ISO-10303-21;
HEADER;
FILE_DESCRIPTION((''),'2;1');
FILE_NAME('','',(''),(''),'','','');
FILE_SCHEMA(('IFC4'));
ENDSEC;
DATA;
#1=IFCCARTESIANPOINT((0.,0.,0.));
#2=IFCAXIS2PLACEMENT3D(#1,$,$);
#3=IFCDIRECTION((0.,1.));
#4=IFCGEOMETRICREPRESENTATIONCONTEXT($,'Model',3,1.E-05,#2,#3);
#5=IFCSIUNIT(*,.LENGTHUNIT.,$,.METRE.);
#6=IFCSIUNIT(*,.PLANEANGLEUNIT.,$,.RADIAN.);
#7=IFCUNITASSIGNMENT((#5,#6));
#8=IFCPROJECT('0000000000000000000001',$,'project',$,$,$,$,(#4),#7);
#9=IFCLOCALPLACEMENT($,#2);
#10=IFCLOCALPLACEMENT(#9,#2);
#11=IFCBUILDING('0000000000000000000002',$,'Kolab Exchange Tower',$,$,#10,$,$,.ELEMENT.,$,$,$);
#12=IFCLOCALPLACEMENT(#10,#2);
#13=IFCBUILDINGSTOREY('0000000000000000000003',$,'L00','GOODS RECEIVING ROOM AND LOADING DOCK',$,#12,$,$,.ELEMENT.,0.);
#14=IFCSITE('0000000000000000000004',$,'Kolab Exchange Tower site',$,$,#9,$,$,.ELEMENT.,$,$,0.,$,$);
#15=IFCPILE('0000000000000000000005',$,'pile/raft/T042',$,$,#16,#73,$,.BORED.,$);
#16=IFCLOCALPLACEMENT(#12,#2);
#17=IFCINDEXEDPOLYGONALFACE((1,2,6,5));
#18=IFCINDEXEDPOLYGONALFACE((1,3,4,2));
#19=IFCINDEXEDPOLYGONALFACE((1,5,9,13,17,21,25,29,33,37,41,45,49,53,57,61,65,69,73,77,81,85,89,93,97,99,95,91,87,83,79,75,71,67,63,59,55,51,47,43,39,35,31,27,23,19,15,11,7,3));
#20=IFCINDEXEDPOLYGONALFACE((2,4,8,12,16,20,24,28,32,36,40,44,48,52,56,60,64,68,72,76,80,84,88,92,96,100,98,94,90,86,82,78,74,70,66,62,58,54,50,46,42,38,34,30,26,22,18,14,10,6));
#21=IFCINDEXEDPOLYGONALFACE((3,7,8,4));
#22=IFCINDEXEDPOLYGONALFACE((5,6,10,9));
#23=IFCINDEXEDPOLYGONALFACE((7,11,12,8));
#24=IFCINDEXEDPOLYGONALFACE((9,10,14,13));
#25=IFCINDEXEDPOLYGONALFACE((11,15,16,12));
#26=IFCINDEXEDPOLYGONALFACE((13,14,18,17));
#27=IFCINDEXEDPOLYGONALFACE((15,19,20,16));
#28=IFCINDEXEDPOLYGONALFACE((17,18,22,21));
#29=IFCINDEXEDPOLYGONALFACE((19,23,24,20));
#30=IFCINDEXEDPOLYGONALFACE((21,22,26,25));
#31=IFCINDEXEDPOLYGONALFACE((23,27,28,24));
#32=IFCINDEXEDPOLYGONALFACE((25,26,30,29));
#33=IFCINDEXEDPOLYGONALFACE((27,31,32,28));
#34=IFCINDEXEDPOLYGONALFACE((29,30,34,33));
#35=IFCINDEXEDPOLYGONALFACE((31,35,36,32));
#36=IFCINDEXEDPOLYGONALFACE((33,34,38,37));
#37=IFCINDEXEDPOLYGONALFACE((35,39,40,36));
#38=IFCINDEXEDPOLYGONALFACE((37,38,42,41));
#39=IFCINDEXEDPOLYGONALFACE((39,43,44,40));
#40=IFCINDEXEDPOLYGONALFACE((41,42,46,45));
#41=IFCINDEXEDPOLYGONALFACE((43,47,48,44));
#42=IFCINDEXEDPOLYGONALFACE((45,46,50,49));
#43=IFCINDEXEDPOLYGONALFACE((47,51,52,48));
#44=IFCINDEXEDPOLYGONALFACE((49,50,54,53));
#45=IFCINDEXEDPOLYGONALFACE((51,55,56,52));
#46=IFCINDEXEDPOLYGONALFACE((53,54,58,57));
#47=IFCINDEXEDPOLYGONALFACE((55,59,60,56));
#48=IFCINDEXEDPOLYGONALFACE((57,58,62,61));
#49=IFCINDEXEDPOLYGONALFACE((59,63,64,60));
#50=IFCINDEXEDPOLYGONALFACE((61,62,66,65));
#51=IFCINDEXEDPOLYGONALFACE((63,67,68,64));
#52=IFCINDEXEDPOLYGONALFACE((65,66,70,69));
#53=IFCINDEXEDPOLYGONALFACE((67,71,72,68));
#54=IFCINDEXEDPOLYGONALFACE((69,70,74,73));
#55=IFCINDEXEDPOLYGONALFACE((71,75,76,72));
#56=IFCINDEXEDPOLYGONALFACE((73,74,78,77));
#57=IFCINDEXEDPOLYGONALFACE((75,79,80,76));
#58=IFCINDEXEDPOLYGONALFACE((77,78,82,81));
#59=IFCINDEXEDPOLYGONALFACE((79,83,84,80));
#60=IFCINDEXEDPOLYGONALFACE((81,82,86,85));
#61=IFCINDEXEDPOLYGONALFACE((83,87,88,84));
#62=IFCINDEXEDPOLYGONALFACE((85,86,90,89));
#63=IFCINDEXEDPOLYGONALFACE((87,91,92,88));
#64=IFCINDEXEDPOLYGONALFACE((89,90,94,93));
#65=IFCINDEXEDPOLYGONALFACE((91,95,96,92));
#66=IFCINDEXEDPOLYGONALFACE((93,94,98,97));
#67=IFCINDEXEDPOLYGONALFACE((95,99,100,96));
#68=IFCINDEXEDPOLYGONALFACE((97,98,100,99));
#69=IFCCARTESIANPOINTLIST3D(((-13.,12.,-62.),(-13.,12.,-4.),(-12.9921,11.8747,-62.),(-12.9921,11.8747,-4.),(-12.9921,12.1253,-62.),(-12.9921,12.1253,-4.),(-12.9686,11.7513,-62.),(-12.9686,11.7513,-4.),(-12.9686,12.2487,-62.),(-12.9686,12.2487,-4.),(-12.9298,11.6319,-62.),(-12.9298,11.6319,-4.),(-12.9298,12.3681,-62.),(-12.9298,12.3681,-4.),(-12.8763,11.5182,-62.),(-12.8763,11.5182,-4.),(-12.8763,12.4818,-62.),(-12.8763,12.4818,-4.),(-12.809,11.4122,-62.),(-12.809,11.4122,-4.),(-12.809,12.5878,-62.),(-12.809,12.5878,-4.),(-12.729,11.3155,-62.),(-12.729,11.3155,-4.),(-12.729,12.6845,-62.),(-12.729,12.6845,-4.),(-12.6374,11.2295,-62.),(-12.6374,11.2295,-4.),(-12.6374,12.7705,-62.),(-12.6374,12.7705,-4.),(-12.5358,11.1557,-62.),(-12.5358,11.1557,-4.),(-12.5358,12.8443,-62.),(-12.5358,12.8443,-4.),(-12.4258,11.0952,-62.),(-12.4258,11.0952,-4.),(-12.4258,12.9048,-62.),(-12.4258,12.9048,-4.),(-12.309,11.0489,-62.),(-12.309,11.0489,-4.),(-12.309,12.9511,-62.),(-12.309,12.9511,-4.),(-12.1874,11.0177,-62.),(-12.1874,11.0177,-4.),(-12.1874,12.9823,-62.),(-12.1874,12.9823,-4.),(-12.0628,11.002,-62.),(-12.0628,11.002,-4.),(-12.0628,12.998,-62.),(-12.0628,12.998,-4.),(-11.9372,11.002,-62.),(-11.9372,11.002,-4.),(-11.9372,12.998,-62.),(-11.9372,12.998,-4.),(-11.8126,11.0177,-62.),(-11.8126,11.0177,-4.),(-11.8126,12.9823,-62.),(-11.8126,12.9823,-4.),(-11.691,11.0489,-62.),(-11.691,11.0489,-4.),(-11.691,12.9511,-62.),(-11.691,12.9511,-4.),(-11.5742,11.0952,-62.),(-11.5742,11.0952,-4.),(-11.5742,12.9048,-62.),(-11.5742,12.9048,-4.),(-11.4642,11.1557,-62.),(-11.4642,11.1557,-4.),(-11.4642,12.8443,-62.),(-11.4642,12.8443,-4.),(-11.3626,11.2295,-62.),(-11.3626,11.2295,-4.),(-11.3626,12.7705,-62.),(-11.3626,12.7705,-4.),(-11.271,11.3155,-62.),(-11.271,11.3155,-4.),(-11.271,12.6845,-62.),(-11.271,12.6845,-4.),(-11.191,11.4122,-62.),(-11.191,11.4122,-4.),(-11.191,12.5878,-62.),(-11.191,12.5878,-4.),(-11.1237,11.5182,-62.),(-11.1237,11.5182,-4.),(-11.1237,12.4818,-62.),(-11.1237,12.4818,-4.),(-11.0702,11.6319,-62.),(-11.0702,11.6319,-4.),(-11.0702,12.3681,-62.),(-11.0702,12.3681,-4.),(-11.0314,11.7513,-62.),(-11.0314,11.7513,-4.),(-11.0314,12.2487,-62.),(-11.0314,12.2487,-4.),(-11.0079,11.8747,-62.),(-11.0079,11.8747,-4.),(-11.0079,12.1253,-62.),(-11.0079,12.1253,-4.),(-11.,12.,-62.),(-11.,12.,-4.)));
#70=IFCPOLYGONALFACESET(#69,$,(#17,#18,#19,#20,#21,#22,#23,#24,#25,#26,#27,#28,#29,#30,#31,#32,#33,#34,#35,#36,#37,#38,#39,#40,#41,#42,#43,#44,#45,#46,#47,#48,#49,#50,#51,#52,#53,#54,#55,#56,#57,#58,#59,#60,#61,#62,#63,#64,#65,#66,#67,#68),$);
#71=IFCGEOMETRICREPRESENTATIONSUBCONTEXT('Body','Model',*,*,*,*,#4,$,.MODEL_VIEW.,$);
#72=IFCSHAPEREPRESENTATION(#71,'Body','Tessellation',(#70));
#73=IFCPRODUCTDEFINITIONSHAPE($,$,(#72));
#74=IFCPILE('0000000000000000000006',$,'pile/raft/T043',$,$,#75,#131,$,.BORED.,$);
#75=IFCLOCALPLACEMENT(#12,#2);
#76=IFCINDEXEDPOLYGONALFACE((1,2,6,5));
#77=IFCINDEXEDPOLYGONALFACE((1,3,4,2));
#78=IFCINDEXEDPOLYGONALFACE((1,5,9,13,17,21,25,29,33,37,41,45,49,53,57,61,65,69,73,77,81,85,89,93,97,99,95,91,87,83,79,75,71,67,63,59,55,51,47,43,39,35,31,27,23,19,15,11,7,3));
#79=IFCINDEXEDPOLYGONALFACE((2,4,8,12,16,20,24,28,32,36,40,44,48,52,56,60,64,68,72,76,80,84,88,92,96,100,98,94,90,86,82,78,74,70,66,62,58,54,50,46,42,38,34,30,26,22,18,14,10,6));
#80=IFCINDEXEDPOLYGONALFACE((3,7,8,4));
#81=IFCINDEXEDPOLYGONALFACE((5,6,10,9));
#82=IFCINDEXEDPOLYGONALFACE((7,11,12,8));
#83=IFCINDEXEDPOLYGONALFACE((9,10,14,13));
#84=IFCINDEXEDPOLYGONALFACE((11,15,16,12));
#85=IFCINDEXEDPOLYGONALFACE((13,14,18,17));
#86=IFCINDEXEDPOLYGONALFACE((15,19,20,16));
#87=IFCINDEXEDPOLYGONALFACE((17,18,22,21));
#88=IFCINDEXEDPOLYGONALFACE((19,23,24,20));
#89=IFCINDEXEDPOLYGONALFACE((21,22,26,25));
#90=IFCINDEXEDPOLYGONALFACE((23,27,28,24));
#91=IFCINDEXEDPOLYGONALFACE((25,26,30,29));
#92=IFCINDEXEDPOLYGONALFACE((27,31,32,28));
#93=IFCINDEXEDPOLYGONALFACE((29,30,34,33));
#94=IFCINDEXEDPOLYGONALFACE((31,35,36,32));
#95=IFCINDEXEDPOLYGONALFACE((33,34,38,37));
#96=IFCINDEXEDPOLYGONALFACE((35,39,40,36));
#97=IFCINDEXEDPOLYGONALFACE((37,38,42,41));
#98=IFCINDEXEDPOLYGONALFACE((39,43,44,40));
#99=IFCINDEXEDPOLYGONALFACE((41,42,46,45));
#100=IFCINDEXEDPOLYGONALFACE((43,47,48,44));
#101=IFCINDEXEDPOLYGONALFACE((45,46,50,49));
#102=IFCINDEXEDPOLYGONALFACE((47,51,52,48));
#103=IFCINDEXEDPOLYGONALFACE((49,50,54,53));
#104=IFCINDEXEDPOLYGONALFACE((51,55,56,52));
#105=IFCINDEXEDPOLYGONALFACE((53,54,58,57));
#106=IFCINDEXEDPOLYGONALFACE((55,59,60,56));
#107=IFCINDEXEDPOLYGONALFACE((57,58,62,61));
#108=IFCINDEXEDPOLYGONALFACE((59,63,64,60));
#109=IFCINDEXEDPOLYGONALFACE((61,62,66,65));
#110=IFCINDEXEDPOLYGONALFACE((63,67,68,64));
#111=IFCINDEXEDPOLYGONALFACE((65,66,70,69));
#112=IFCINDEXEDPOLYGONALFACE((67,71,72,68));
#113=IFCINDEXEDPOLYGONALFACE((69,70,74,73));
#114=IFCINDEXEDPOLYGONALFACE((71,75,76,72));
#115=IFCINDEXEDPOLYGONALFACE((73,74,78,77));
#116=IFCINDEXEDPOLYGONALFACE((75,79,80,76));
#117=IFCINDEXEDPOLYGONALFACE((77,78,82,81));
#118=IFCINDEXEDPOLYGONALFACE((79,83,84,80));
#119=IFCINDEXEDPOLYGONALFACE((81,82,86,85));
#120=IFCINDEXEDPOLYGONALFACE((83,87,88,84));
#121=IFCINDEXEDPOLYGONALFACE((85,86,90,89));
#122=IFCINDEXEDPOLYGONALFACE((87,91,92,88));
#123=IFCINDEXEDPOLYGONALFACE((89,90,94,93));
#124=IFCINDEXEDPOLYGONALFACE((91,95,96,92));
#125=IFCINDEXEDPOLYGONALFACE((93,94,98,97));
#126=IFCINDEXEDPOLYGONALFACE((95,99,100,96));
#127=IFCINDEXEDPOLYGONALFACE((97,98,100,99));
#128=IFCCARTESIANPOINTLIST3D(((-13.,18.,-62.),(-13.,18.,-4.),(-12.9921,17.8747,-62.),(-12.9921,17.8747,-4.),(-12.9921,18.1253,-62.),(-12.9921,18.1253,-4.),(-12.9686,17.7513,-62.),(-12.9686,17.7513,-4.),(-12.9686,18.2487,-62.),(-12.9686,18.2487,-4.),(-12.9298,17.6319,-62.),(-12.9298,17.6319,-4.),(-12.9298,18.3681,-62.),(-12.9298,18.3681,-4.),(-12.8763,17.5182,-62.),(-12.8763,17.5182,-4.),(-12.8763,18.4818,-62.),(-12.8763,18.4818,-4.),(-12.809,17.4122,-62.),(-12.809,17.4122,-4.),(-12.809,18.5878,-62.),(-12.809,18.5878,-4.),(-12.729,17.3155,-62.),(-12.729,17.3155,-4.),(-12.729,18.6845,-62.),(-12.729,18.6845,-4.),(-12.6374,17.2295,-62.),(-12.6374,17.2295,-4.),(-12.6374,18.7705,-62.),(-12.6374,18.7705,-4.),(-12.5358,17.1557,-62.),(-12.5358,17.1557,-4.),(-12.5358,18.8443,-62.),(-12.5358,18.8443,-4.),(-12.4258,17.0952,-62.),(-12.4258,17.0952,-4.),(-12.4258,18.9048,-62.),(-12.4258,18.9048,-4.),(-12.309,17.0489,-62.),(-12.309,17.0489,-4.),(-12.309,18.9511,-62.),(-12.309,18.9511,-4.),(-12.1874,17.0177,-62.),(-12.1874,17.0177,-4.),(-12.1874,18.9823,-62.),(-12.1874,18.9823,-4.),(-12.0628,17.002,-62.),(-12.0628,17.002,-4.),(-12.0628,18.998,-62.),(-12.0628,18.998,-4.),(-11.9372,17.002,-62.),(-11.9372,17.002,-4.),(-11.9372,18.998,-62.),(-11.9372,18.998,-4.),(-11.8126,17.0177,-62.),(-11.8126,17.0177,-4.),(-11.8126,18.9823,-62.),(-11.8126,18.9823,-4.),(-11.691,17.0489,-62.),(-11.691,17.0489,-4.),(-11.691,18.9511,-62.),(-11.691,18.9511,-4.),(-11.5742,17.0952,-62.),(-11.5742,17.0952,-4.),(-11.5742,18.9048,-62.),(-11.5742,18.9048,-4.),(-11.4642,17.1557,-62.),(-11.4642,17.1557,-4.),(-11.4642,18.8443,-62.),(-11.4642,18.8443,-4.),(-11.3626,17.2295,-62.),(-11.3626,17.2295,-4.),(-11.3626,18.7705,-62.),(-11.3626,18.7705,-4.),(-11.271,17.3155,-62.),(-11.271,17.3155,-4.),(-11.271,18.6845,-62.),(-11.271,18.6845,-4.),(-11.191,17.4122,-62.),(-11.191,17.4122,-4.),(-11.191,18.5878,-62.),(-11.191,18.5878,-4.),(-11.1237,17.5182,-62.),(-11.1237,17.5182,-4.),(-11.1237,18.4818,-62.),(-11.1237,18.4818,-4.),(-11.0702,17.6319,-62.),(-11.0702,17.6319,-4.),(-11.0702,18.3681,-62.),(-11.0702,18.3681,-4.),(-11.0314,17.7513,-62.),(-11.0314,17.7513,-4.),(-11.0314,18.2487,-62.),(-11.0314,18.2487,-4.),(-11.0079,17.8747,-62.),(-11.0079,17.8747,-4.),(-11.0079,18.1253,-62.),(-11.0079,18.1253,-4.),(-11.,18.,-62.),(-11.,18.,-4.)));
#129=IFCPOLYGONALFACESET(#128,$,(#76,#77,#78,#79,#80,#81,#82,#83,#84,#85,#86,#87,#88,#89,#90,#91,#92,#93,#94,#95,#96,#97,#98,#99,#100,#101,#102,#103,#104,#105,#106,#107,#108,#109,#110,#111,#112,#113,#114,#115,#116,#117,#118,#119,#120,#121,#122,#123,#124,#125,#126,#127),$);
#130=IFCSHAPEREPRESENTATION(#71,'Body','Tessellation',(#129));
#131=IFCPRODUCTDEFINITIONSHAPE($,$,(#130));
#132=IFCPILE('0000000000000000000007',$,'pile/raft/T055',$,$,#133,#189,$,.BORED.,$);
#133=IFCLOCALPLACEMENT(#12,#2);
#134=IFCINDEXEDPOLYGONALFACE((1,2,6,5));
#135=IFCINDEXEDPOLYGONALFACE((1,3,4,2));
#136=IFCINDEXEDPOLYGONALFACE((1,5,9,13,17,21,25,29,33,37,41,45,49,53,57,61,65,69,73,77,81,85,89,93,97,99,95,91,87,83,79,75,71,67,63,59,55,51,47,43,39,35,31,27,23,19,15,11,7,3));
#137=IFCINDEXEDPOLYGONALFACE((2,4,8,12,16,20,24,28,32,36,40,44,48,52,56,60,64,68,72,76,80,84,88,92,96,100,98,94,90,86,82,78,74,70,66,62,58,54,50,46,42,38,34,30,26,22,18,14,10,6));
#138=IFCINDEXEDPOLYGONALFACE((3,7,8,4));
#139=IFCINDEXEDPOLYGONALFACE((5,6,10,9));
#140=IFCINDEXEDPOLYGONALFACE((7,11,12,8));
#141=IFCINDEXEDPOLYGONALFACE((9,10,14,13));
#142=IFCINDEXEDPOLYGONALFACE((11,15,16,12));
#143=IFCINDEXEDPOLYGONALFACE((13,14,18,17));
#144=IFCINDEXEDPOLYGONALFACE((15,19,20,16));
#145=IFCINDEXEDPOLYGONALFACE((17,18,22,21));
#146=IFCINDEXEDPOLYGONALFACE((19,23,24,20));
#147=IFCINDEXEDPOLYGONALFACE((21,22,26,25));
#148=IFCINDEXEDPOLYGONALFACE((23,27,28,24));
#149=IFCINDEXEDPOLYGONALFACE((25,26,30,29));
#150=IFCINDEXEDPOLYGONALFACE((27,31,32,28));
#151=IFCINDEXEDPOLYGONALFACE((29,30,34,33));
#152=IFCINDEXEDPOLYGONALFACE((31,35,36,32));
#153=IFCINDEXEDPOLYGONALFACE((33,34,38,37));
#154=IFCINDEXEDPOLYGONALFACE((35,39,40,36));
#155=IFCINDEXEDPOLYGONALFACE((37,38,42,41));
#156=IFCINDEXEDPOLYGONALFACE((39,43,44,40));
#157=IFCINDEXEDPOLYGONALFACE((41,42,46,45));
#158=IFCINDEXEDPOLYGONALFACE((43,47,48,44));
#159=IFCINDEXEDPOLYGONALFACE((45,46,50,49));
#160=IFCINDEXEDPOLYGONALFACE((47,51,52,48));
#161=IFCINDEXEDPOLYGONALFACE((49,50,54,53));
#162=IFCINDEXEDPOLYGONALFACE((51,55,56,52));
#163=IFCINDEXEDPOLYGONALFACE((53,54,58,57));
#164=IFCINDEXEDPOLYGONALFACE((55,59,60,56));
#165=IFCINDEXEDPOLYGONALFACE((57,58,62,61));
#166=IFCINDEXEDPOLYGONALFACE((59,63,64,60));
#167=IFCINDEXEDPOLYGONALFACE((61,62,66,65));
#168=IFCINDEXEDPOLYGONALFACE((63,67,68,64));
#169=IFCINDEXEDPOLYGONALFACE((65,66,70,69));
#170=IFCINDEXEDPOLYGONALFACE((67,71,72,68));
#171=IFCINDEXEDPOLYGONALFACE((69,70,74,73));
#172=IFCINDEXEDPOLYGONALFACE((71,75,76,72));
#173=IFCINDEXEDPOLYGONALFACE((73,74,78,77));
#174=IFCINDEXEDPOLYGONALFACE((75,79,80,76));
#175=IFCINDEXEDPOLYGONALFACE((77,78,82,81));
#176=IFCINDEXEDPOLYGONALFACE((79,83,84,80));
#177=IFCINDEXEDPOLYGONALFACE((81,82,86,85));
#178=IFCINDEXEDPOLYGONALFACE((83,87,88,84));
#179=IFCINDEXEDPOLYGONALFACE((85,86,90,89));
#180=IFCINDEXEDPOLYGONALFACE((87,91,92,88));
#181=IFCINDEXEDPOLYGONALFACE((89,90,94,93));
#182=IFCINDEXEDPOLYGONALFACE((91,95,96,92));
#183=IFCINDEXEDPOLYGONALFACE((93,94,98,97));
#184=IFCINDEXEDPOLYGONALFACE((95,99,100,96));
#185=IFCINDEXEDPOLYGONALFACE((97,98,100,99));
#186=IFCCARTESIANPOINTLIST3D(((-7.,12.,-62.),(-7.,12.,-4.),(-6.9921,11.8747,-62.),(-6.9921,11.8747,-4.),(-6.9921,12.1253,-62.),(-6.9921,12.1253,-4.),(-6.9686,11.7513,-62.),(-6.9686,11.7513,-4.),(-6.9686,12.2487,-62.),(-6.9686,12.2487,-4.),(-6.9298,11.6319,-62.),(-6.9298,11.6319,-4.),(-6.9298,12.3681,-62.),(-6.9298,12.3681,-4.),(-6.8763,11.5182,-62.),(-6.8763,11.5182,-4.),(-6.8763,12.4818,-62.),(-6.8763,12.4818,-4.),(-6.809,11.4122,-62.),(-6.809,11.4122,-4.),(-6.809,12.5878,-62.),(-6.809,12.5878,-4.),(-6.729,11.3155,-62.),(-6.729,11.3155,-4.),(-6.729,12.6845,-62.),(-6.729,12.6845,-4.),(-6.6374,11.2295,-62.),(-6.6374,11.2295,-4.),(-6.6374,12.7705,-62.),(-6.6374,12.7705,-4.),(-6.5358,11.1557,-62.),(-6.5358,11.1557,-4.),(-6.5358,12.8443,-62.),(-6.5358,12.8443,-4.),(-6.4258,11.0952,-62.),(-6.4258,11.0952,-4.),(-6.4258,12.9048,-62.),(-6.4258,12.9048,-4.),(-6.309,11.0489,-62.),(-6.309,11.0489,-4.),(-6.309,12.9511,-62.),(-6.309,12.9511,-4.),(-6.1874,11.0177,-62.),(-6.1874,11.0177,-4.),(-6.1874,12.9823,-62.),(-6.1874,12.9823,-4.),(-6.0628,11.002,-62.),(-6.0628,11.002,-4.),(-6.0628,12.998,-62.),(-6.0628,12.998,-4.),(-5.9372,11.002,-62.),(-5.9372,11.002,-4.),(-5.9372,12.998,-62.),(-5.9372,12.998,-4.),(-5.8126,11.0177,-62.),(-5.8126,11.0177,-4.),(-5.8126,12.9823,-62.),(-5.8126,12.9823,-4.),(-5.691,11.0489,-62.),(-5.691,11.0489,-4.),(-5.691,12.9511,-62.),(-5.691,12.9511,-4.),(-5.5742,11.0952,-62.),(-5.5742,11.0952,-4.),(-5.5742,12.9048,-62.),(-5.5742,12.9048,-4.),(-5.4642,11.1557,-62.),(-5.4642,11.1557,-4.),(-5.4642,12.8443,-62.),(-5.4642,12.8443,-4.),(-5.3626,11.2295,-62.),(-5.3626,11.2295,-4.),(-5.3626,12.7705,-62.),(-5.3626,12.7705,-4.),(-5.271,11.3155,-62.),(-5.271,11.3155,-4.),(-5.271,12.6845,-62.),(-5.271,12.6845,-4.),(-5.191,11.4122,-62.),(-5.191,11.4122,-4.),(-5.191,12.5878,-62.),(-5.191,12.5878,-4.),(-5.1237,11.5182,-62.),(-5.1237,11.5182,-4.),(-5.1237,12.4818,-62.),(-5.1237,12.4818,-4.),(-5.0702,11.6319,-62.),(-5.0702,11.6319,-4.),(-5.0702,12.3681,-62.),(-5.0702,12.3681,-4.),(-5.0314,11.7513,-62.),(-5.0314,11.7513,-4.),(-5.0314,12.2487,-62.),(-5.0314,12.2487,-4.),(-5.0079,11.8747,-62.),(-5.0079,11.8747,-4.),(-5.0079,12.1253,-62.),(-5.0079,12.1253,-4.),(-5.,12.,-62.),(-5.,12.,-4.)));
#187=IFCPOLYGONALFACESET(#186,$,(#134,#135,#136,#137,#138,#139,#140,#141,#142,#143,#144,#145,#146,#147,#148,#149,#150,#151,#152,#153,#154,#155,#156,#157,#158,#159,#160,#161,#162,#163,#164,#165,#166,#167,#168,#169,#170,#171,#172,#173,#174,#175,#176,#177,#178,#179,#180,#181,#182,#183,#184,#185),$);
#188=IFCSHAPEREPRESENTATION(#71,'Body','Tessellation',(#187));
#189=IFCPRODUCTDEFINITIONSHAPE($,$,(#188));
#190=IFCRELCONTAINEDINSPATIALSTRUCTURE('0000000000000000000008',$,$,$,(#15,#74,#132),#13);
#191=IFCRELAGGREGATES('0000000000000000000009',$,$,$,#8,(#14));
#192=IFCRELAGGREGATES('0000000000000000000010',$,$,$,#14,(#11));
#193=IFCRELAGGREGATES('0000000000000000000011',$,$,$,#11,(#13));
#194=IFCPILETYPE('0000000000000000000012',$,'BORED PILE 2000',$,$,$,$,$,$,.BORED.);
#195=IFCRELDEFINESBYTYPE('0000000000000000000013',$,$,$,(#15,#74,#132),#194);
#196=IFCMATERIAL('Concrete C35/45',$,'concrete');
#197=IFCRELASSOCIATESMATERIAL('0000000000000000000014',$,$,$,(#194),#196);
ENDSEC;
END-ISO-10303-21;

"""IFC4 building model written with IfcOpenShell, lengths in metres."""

from ifc_helpers import new_model, si_unit, direction, frame, origin, origin_2d, place, context, subcontext, project, spatial, circle, extrude, material, material_profile, profile_set, type_object, element, save


model = new_model("IFC4")

# Units and contexts
model_context = context("Model", 3, precision=1e-05, world=origin(), true_north=direction((0.0, 1.0)))
body_context = subcontext(model_context, "Body", "Model", "MODEL_VIEW")
ifc_project = project(units=[si_unit("LENGTHUNIT", "METRE"), si_unit("PLANEANGLEUNIT", "RADIAN")], contexts=[model_context])

# Site, building, storey
site_placement = place(None, origin())
site = spatial("IfcSite", under=ifc_project, at=site_placement, Name="Kolab Exchange Tower site", CompositionType="ELEMENT", RefElevation=0.0)
building_placement = place(site_placement, origin())
building = spatial("IfcBuilding", under=site, at=building_placement, Name="Kolab Exchange Tower", CompositionType="ELEMENT")
storey_placement = place(building_placement, origin())
storey = spatial("IfcBuildingStorey", under=building, at=storey_placement, Name="L00", Description="GOODS RECEIVING ROOM AND LOADING DOCK", CompositionType="ELEMENT", Elevation=0.0)

# Piles
ifc_material_1 = material(Name="Concrete C35/45", Category="concrete")
ifc_material_profile_1 = material_profile(ifc_material_1, circle(Radius=1.0, at=origin_2d()), Name="BP2000")
ifc_profile_set_1 = profile_set([ifc_material_profile_1], Name="Concrete C35/45")
pile_type = type_object("IfcPileType", Name="BORED PILE 2000", PredefinedType="BORED", material=ifc_profile_set_1)
for number, where, z_axis, x_axis, name in (
    (1, (-12.0, 12.0, -4.0), (0.0, 0.0, -1.0), (1.0, 0.0, 0.0), "pile/raft/T042"),
    (2, (-12.0, 18.0, -4.0), (0.0, 0.0, -1.0), (1.0, 0.0, 0.0), "pile/raft/T043"),
    (3, (-6.0, 12.0, -4.0), (0.0, 0.0, -1.0), (1.0, 0.0, 0.0), "pile/raft/T055"),
):
    element("IfcPile", number, at=place(storey_placement, frame(where, z_axis=z_axis, x_axis=x_axis)), inside=storey, type_object=pile_type, Name=name, PredefinedType="BORED", context=body_context, shape_type="SweptSolid", body=[
        extrude(circle(Radius=1.0, at=origin_2d()), origin(), (0.0, 0.0, 1.0), 58.0),
    ])

save(model, "model.ifc")
